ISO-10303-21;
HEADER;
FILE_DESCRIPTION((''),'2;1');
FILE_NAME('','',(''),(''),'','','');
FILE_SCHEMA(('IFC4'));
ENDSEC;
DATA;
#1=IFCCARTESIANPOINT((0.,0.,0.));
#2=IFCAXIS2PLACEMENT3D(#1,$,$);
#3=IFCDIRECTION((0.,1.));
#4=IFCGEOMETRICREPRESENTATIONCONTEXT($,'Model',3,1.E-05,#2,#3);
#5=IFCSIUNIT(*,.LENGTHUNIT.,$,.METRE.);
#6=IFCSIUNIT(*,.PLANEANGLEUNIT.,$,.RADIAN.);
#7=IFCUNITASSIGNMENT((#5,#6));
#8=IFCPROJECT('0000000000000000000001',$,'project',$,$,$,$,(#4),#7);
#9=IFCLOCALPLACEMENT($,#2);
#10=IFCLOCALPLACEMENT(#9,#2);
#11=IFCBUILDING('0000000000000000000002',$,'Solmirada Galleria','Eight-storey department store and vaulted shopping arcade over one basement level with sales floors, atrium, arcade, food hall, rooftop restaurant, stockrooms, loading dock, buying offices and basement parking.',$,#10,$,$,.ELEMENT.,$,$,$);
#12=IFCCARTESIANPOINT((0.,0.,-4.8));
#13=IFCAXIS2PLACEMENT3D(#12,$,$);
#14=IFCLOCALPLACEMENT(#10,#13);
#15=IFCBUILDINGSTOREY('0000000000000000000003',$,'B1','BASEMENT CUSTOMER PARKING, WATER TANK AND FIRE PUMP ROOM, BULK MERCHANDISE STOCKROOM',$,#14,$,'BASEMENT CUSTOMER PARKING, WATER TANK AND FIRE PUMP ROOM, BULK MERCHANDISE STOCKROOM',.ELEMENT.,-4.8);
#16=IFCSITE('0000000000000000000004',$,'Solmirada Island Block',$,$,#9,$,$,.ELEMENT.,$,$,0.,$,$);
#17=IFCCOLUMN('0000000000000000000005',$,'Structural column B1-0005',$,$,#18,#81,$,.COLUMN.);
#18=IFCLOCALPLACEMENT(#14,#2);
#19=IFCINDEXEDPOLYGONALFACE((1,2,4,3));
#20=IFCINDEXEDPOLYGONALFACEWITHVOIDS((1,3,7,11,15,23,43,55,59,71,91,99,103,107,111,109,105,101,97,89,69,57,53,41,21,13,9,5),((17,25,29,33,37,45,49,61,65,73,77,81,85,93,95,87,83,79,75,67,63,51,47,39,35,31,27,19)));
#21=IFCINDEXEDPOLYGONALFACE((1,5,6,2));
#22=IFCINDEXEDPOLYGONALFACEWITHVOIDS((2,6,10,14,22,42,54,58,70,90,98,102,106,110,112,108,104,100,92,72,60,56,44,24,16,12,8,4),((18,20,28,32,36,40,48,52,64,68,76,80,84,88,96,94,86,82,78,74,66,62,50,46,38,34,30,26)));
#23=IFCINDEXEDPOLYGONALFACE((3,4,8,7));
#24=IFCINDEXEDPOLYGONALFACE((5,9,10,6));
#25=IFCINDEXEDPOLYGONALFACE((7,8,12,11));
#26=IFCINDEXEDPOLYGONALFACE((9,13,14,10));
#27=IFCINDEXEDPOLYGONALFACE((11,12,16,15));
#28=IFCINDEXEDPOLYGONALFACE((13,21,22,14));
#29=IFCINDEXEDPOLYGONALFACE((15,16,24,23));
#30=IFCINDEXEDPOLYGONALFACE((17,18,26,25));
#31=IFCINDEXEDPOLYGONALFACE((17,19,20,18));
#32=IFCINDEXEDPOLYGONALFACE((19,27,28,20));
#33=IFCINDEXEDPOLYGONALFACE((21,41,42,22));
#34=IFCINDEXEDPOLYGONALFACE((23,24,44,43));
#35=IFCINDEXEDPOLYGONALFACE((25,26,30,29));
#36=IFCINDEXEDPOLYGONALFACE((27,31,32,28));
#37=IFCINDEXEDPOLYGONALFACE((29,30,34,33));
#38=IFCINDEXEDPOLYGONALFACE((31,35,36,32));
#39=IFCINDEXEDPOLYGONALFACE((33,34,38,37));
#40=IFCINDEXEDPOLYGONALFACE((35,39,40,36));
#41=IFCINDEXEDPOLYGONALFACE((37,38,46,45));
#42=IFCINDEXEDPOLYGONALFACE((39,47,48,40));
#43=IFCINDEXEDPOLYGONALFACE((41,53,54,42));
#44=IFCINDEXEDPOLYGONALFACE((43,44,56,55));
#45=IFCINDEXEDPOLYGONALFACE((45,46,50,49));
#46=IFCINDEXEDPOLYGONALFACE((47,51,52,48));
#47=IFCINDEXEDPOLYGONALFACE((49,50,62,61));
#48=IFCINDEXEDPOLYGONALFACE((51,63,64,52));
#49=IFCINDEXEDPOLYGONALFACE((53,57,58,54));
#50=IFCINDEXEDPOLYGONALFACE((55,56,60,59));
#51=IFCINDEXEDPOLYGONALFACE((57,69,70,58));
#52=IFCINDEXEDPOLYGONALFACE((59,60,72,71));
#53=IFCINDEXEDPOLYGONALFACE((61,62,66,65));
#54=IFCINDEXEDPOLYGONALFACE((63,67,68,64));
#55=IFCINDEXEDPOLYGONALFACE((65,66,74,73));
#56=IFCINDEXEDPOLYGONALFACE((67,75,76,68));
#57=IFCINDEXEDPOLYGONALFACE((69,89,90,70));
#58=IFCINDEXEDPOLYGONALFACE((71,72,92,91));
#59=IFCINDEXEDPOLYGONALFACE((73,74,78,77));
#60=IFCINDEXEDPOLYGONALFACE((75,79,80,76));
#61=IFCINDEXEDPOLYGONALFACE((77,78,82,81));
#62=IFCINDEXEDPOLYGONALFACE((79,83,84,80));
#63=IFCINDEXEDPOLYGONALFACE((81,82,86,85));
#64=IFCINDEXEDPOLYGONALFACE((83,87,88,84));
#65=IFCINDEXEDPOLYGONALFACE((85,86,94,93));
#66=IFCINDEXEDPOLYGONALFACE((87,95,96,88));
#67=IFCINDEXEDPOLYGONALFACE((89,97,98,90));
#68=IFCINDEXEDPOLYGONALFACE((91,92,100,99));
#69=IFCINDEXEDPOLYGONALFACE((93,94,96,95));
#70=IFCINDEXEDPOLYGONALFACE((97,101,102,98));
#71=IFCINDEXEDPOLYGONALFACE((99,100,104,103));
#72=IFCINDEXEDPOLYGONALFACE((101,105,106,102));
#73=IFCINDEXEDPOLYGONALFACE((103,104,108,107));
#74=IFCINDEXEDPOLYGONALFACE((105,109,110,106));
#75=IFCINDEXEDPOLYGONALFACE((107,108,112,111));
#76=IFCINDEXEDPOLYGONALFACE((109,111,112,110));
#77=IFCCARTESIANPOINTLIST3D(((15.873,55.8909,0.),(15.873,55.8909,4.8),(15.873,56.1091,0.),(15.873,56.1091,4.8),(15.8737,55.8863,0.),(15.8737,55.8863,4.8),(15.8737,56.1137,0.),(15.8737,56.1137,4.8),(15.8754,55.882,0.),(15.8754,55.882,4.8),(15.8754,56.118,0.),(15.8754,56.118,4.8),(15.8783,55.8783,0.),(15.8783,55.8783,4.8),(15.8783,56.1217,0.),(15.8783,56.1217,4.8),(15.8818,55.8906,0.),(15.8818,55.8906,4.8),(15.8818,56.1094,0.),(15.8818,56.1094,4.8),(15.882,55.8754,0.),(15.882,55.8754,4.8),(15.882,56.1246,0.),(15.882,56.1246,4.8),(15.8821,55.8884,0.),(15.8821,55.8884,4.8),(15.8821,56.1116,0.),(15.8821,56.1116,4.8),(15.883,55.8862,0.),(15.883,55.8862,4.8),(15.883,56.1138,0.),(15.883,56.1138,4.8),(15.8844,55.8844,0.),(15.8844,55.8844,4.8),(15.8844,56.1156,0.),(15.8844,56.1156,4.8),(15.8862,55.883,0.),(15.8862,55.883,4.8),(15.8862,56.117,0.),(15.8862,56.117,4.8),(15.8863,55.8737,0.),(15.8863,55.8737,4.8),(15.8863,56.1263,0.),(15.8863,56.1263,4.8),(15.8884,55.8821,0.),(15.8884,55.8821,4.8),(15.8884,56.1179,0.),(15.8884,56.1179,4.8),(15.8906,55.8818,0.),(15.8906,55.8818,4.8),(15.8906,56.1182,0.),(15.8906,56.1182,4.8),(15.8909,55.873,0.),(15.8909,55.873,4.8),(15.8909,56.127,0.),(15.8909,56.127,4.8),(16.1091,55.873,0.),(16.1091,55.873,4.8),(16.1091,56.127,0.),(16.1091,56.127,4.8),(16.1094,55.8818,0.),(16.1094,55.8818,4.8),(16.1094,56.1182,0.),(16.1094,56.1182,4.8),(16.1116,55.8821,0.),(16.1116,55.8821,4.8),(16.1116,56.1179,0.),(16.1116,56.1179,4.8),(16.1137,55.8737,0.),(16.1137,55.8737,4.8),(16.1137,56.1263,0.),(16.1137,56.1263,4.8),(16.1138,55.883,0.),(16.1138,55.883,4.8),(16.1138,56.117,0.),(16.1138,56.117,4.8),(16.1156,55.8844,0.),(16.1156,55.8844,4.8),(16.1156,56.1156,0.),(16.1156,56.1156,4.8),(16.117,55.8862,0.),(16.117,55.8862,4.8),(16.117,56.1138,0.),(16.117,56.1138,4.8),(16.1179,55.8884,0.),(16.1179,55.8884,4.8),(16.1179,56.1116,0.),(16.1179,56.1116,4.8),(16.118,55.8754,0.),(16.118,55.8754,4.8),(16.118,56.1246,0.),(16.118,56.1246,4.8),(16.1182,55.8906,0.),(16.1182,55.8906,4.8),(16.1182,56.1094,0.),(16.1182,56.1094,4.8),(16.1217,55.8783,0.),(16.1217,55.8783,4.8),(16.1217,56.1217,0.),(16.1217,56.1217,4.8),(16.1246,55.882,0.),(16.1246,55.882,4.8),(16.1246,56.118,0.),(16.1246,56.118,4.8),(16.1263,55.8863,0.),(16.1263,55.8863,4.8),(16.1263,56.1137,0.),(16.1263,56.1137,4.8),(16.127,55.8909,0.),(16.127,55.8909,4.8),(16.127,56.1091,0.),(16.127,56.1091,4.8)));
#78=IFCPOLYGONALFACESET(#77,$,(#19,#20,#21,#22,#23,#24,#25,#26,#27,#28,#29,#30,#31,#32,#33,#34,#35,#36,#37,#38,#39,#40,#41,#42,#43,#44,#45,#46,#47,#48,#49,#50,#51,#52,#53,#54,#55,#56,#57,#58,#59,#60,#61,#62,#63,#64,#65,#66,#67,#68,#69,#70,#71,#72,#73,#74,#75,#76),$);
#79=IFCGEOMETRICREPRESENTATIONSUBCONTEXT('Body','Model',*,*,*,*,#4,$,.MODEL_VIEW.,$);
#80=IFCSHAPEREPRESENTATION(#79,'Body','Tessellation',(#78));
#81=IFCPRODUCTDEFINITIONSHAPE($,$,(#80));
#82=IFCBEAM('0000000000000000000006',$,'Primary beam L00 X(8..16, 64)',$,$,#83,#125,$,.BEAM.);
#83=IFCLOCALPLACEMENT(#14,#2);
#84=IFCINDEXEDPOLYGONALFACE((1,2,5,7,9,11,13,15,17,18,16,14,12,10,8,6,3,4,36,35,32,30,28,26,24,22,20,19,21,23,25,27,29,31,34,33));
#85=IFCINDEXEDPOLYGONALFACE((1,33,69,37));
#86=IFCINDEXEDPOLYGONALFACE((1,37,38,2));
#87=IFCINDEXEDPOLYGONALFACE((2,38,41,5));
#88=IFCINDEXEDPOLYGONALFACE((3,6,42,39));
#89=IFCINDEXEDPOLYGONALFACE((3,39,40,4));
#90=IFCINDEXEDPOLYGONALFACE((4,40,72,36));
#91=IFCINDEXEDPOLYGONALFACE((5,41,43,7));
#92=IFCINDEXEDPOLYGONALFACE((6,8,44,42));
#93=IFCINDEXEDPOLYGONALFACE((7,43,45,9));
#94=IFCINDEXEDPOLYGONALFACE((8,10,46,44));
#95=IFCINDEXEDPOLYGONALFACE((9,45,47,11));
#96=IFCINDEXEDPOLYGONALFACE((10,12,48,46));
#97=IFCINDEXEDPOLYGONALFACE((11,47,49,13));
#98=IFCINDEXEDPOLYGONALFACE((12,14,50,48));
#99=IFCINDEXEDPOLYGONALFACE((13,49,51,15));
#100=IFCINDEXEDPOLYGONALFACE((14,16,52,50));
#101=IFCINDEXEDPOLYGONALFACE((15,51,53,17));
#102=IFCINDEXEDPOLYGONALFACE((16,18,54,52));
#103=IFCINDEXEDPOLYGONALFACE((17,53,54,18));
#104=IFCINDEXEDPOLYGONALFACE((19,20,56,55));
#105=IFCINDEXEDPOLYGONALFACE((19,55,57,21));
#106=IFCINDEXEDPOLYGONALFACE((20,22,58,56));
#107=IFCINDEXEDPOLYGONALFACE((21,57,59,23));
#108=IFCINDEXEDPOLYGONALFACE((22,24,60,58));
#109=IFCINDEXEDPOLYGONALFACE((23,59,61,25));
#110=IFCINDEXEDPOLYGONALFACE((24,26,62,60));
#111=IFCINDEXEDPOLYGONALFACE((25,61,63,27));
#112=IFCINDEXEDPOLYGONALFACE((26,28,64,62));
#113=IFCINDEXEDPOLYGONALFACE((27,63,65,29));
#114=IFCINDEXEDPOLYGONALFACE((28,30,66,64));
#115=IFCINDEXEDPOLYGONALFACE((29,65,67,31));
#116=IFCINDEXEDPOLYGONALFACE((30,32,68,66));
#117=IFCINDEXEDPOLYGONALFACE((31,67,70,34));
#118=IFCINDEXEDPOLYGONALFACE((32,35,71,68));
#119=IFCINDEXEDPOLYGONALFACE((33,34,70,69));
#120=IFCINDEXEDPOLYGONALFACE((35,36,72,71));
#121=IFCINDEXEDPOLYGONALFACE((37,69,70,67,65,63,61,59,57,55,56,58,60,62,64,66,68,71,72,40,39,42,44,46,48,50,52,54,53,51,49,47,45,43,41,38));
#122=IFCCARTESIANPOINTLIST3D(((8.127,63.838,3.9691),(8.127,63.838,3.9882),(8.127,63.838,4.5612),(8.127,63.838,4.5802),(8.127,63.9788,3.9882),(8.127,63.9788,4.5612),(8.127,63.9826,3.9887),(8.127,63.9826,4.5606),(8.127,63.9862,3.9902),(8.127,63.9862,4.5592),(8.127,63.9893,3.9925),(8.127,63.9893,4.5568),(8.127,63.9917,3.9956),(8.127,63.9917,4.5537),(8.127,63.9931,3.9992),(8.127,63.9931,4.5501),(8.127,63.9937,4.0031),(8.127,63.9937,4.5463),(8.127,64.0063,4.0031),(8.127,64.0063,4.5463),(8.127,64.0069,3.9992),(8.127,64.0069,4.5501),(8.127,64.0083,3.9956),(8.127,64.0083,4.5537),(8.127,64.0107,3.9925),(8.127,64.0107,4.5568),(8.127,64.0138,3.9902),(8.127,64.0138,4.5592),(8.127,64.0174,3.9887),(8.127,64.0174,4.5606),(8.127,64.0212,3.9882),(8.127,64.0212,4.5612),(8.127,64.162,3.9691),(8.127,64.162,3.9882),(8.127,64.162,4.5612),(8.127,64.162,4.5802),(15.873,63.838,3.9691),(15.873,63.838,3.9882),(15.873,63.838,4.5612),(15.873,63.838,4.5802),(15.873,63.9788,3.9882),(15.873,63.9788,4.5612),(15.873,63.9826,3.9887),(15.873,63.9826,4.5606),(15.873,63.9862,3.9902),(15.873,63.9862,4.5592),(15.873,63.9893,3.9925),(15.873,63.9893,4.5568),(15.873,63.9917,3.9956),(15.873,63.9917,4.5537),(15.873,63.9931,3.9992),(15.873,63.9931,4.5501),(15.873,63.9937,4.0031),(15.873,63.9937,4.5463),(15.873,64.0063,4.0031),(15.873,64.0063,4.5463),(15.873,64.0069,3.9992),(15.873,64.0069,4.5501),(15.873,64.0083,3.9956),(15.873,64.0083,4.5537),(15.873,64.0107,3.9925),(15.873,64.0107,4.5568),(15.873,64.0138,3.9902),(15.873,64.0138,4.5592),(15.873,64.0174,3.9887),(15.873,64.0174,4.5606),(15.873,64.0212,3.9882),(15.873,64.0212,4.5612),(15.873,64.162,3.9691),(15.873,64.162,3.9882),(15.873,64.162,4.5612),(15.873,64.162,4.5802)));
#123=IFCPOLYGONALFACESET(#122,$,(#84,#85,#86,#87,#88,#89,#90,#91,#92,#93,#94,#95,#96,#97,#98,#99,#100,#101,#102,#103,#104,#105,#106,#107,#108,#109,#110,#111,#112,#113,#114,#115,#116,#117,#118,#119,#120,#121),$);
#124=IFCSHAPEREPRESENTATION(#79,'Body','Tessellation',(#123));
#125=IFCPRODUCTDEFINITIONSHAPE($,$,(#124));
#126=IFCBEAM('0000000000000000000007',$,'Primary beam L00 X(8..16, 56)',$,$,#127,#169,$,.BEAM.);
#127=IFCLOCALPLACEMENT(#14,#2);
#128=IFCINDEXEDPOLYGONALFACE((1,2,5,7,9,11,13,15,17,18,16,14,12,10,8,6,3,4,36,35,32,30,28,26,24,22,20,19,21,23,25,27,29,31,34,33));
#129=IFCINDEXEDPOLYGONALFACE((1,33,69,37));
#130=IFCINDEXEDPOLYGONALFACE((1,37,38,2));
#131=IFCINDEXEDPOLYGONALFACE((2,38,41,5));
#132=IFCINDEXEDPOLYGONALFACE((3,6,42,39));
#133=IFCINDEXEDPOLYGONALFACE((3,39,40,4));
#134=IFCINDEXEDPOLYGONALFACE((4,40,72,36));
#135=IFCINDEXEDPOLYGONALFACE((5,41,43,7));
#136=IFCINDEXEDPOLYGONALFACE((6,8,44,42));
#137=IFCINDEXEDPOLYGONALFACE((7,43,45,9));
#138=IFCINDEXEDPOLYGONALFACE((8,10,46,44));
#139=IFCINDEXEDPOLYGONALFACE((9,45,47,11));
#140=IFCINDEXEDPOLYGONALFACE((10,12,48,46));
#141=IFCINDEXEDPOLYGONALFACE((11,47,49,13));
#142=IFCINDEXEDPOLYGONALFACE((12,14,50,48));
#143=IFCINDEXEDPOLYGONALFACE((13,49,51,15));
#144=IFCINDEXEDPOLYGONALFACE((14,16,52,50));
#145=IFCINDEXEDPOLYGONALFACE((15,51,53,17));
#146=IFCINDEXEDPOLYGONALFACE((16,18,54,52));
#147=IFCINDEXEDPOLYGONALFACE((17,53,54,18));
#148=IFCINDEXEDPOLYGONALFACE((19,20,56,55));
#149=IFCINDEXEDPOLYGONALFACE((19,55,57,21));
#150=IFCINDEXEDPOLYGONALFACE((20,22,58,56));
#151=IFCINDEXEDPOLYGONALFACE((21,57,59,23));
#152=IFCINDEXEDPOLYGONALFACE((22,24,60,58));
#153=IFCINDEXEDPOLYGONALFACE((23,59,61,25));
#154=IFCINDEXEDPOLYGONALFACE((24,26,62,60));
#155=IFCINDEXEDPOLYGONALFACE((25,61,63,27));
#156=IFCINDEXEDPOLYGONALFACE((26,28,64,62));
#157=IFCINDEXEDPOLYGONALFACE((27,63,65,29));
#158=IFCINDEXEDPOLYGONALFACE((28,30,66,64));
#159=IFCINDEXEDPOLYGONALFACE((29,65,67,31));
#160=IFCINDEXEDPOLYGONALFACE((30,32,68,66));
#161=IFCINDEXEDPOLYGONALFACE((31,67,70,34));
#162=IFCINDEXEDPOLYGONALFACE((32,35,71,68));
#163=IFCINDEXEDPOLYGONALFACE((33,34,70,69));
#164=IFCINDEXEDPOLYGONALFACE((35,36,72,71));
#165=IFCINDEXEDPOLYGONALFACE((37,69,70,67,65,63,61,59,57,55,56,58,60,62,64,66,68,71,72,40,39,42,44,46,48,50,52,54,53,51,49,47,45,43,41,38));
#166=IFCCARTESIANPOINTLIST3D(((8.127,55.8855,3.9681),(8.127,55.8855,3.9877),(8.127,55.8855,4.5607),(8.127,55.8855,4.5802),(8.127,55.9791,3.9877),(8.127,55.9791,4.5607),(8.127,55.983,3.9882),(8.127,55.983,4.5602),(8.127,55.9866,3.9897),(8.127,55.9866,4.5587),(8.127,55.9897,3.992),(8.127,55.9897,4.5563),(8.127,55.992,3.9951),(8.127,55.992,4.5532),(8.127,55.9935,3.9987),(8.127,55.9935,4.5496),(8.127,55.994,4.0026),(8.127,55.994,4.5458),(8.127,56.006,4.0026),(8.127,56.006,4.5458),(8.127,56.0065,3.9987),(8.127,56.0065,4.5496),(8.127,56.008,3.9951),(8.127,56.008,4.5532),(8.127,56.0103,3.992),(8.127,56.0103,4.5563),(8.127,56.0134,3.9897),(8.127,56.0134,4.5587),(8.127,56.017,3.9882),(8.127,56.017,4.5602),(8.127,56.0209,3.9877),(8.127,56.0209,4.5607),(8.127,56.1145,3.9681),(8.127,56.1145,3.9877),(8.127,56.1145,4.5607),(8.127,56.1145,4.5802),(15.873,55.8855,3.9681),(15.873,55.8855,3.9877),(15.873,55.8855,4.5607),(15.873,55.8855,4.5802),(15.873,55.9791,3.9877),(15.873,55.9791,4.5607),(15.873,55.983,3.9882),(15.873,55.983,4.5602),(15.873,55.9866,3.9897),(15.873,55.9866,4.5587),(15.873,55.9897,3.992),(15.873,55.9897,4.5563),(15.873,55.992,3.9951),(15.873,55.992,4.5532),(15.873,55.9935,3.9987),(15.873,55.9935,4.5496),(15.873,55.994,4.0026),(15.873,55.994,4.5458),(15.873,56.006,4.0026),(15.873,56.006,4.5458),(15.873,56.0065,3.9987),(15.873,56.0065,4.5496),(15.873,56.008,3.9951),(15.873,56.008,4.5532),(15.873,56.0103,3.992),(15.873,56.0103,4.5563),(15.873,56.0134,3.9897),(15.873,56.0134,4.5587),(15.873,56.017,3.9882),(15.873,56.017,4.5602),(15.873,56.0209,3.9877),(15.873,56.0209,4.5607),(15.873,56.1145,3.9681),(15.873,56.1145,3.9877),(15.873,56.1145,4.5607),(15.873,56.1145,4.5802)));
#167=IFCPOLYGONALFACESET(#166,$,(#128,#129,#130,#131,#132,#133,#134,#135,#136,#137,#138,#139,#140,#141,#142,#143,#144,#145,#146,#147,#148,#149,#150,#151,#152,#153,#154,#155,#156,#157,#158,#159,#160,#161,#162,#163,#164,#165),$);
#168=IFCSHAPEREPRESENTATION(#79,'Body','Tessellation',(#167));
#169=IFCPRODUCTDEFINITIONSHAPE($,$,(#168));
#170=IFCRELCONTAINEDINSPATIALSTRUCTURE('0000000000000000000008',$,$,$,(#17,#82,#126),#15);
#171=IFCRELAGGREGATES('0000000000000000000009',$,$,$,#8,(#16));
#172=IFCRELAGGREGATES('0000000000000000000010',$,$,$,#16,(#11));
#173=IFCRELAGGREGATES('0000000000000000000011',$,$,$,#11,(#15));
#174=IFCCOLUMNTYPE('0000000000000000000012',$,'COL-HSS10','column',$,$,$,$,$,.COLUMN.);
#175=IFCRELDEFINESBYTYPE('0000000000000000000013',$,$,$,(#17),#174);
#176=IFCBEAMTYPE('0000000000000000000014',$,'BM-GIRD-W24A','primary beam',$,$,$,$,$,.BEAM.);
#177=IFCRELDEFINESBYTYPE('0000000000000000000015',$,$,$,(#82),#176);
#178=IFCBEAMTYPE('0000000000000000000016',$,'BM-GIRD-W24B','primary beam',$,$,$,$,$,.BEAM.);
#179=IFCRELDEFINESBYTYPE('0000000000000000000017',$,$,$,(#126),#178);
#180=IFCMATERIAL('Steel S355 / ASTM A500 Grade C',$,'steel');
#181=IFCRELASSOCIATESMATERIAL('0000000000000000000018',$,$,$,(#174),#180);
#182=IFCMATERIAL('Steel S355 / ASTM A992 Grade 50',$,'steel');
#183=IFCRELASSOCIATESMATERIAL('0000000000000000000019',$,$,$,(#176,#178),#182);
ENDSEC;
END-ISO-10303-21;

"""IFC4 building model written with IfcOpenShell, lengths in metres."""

from ifc_helpers import new_model, si_unit, direction, frame, origin, origin_2d, place, context, subcontext, project, spatial, hollow_rectangle, i_section, extrude, material, material_profile, profile_set, type_object, element, save


model = new_model("IFC4")

# Units and contexts
model_context = context("Model", 3, precision=1e-05, world=origin(), true_north=direction((0.0, 1.0)))
body_context = subcontext(model_context, "Body", "Model", "MODEL_VIEW")
ifc_project = project(units=[si_unit("LENGTHUNIT", "METRE"), si_unit("PLANEANGLEUNIT", "RADIAN")], contexts=[model_context])

# Site, building, storey
site_placement = place(None, origin())
site = spatial("IfcSite", under=ifc_project, at=site_placement, Name="Solmirada Island Block", CompositionType="ELEMENT", RefElevation=0.0)
building_placement = place(site_placement, origin())
building = spatial("IfcBuilding", under=site, at=building_placement, Name="Solmirada Galleria", Description="Eight-storey department store and vaulted shopping arcade over one basement level with sales floors, atrium, arcade, food hall, rooftop restaurant, stockrooms, loading dock, buying offices and basement parking.", CompositionType="ELEMENT")
storey_placement = place(building_placement, frame((0.0, 0.0, -4.8)))
storey = spatial("IfcBuildingStorey", under=building, at=storey_placement, Name="B1", Description="BASEMENT CUSTOMER PARKING, WATER TANK AND FIRE PUMP ROOM, BULK MERCHANDISE STOCKROOM", LongName="BASEMENT CUSTOMER PARKING, WATER TANK AND FIRE PUMP ROOM, BULK MERCHANDISE STOCKROOM", CompositionType="ELEMENT", Elevation=-4.8)

# Column
ifc_material_1 = material(Name="Steel S355 / ASTM A500 Grade C", Category="steel")
ifc_material_profile_1 = material_profile(ifc_material_1, hollow_rectangle(XDim=0.2539, YDim=0.2539, WallThickness=0.0088, InnerFilletRadius=0.0088, OuterFilletRadius=0.0178, at=origin_2d()), Name="HSS10X10X3/8")
ifc_profile_set_1 = profile_set([ifc_material_profile_1], Name="Steel S355 / ASTM A500 Grade C")
column_type = type_object("IfcColumnType", Name="COL-HSS10", Description="column", PredefinedType="COLUMN", material=ifc_profile_set_1)
for number, where, z_axis, x_axis, name in (
    (1, (16.0, 56.0, 0.0), (0.0, 0.0, 1.0), (1.0, 0.0, 0.0), "Structural column B1-0005"),
):
    element("IfcColumn", number, at=place(storey_placement, frame(where, z_axis=z_axis, x_axis=x_axis)), inside=storey, type_object=column_type, Name=name, PredefinedType="COLUMN", context=body_context, shape_type="SweptSolid", body=[
        extrude(hollow_rectangle(XDim=0.2539, YDim=0.2539, WallThickness=0.0088, InnerFilletRadius=0.0088, OuterFilletRadius=0.0178, at=origin_2d()), origin(), (0.0, 0.0, 1.0), 4.8),
    ])

# Beams
ifc_material_2 = material(Name="Steel S355 / ASTM A992 Grade 50", Category="steel")
ifc_material_profile_2 = material_profile(ifc_material_2, i_section(OverallWidth=0.324, OverallDepth=0.6111, WebThickness=0.0127, FlangeThickness=0.019, FilletRadius=0.0149, at=origin_2d()), Name="W24X104")
ifc_profile_set_2 = profile_set([ifc_material_profile_2], Name="Steel S355 / ASTM A992 Grade 50")
beam_type_1 = type_object("IfcBeamType", Name="BM-GIRD-W24A", Description="primary beam", PredefinedType="BEAM", material=ifc_profile_set_2)
beam_1_placement = place(storey_placement, frame((8.127, 64.0, 4.2747), z_axis=(1.0, 0.0, 0.0), x_axis=(0.0, 1.0, 0.0)))
element("IfcBeam", 2, at=beam_1_placement, inside=storey, type_object=beam_type_1, Name="Primary beam L00 X(8..16, 64)", PredefinedType="BEAM", context=body_context, shape_type="SweptSolid", body=[
    extrude(i_section(OverallWidth=0.324, OverallDepth=0.6111, WebThickness=0.0127, FlangeThickness=0.019, FilletRadius=0.0149, at=origin_2d()), origin(), (0.0, 0.0, 1.0), 7.7461),
])
ifc_material_profile_3 = material_profile(ifc_material_2, i_section(OverallWidth=0.229, OverallDepth=0.6121, WebThickness=0.012, FlangeThickness=0.0195, FilletRadius=0.0149, at=origin_2d()), Name="W24X84")
ifc_profile_set_3 = profile_set([ifc_material_profile_3], Name="Steel S355 / ASTM A992 Grade 50")
beam_type_2 = type_object("IfcBeamType", Name="BM-GIRD-W24B", Description="primary beam", PredefinedType="BEAM", material=ifc_profile_set_3)
beam_2_placement = place(storey_placement, frame((8.127, 56.0, 4.2742), z_axis=(1.0, 0.0, 0.0), x_axis=(0.0, 1.0, 0.0)))
element("IfcBeam", 3, at=beam_2_placement, inside=storey, type_object=beam_type_2, Name="Primary beam L00 X(8..16, 56)", PredefinedType="BEAM", context=body_context, shape_type="SweptSolid", body=[
    extrude(i_section(OverallWidth=0.229, OverallDepth=0.6121, WebThickness=0.012, FlangeThickness=0.0195, FilletRadius=0.0149, at=origin_2d()), origin(), (0.0, 0.0, 1.0), 7.7461),
])

save(model, "model.ifc")
